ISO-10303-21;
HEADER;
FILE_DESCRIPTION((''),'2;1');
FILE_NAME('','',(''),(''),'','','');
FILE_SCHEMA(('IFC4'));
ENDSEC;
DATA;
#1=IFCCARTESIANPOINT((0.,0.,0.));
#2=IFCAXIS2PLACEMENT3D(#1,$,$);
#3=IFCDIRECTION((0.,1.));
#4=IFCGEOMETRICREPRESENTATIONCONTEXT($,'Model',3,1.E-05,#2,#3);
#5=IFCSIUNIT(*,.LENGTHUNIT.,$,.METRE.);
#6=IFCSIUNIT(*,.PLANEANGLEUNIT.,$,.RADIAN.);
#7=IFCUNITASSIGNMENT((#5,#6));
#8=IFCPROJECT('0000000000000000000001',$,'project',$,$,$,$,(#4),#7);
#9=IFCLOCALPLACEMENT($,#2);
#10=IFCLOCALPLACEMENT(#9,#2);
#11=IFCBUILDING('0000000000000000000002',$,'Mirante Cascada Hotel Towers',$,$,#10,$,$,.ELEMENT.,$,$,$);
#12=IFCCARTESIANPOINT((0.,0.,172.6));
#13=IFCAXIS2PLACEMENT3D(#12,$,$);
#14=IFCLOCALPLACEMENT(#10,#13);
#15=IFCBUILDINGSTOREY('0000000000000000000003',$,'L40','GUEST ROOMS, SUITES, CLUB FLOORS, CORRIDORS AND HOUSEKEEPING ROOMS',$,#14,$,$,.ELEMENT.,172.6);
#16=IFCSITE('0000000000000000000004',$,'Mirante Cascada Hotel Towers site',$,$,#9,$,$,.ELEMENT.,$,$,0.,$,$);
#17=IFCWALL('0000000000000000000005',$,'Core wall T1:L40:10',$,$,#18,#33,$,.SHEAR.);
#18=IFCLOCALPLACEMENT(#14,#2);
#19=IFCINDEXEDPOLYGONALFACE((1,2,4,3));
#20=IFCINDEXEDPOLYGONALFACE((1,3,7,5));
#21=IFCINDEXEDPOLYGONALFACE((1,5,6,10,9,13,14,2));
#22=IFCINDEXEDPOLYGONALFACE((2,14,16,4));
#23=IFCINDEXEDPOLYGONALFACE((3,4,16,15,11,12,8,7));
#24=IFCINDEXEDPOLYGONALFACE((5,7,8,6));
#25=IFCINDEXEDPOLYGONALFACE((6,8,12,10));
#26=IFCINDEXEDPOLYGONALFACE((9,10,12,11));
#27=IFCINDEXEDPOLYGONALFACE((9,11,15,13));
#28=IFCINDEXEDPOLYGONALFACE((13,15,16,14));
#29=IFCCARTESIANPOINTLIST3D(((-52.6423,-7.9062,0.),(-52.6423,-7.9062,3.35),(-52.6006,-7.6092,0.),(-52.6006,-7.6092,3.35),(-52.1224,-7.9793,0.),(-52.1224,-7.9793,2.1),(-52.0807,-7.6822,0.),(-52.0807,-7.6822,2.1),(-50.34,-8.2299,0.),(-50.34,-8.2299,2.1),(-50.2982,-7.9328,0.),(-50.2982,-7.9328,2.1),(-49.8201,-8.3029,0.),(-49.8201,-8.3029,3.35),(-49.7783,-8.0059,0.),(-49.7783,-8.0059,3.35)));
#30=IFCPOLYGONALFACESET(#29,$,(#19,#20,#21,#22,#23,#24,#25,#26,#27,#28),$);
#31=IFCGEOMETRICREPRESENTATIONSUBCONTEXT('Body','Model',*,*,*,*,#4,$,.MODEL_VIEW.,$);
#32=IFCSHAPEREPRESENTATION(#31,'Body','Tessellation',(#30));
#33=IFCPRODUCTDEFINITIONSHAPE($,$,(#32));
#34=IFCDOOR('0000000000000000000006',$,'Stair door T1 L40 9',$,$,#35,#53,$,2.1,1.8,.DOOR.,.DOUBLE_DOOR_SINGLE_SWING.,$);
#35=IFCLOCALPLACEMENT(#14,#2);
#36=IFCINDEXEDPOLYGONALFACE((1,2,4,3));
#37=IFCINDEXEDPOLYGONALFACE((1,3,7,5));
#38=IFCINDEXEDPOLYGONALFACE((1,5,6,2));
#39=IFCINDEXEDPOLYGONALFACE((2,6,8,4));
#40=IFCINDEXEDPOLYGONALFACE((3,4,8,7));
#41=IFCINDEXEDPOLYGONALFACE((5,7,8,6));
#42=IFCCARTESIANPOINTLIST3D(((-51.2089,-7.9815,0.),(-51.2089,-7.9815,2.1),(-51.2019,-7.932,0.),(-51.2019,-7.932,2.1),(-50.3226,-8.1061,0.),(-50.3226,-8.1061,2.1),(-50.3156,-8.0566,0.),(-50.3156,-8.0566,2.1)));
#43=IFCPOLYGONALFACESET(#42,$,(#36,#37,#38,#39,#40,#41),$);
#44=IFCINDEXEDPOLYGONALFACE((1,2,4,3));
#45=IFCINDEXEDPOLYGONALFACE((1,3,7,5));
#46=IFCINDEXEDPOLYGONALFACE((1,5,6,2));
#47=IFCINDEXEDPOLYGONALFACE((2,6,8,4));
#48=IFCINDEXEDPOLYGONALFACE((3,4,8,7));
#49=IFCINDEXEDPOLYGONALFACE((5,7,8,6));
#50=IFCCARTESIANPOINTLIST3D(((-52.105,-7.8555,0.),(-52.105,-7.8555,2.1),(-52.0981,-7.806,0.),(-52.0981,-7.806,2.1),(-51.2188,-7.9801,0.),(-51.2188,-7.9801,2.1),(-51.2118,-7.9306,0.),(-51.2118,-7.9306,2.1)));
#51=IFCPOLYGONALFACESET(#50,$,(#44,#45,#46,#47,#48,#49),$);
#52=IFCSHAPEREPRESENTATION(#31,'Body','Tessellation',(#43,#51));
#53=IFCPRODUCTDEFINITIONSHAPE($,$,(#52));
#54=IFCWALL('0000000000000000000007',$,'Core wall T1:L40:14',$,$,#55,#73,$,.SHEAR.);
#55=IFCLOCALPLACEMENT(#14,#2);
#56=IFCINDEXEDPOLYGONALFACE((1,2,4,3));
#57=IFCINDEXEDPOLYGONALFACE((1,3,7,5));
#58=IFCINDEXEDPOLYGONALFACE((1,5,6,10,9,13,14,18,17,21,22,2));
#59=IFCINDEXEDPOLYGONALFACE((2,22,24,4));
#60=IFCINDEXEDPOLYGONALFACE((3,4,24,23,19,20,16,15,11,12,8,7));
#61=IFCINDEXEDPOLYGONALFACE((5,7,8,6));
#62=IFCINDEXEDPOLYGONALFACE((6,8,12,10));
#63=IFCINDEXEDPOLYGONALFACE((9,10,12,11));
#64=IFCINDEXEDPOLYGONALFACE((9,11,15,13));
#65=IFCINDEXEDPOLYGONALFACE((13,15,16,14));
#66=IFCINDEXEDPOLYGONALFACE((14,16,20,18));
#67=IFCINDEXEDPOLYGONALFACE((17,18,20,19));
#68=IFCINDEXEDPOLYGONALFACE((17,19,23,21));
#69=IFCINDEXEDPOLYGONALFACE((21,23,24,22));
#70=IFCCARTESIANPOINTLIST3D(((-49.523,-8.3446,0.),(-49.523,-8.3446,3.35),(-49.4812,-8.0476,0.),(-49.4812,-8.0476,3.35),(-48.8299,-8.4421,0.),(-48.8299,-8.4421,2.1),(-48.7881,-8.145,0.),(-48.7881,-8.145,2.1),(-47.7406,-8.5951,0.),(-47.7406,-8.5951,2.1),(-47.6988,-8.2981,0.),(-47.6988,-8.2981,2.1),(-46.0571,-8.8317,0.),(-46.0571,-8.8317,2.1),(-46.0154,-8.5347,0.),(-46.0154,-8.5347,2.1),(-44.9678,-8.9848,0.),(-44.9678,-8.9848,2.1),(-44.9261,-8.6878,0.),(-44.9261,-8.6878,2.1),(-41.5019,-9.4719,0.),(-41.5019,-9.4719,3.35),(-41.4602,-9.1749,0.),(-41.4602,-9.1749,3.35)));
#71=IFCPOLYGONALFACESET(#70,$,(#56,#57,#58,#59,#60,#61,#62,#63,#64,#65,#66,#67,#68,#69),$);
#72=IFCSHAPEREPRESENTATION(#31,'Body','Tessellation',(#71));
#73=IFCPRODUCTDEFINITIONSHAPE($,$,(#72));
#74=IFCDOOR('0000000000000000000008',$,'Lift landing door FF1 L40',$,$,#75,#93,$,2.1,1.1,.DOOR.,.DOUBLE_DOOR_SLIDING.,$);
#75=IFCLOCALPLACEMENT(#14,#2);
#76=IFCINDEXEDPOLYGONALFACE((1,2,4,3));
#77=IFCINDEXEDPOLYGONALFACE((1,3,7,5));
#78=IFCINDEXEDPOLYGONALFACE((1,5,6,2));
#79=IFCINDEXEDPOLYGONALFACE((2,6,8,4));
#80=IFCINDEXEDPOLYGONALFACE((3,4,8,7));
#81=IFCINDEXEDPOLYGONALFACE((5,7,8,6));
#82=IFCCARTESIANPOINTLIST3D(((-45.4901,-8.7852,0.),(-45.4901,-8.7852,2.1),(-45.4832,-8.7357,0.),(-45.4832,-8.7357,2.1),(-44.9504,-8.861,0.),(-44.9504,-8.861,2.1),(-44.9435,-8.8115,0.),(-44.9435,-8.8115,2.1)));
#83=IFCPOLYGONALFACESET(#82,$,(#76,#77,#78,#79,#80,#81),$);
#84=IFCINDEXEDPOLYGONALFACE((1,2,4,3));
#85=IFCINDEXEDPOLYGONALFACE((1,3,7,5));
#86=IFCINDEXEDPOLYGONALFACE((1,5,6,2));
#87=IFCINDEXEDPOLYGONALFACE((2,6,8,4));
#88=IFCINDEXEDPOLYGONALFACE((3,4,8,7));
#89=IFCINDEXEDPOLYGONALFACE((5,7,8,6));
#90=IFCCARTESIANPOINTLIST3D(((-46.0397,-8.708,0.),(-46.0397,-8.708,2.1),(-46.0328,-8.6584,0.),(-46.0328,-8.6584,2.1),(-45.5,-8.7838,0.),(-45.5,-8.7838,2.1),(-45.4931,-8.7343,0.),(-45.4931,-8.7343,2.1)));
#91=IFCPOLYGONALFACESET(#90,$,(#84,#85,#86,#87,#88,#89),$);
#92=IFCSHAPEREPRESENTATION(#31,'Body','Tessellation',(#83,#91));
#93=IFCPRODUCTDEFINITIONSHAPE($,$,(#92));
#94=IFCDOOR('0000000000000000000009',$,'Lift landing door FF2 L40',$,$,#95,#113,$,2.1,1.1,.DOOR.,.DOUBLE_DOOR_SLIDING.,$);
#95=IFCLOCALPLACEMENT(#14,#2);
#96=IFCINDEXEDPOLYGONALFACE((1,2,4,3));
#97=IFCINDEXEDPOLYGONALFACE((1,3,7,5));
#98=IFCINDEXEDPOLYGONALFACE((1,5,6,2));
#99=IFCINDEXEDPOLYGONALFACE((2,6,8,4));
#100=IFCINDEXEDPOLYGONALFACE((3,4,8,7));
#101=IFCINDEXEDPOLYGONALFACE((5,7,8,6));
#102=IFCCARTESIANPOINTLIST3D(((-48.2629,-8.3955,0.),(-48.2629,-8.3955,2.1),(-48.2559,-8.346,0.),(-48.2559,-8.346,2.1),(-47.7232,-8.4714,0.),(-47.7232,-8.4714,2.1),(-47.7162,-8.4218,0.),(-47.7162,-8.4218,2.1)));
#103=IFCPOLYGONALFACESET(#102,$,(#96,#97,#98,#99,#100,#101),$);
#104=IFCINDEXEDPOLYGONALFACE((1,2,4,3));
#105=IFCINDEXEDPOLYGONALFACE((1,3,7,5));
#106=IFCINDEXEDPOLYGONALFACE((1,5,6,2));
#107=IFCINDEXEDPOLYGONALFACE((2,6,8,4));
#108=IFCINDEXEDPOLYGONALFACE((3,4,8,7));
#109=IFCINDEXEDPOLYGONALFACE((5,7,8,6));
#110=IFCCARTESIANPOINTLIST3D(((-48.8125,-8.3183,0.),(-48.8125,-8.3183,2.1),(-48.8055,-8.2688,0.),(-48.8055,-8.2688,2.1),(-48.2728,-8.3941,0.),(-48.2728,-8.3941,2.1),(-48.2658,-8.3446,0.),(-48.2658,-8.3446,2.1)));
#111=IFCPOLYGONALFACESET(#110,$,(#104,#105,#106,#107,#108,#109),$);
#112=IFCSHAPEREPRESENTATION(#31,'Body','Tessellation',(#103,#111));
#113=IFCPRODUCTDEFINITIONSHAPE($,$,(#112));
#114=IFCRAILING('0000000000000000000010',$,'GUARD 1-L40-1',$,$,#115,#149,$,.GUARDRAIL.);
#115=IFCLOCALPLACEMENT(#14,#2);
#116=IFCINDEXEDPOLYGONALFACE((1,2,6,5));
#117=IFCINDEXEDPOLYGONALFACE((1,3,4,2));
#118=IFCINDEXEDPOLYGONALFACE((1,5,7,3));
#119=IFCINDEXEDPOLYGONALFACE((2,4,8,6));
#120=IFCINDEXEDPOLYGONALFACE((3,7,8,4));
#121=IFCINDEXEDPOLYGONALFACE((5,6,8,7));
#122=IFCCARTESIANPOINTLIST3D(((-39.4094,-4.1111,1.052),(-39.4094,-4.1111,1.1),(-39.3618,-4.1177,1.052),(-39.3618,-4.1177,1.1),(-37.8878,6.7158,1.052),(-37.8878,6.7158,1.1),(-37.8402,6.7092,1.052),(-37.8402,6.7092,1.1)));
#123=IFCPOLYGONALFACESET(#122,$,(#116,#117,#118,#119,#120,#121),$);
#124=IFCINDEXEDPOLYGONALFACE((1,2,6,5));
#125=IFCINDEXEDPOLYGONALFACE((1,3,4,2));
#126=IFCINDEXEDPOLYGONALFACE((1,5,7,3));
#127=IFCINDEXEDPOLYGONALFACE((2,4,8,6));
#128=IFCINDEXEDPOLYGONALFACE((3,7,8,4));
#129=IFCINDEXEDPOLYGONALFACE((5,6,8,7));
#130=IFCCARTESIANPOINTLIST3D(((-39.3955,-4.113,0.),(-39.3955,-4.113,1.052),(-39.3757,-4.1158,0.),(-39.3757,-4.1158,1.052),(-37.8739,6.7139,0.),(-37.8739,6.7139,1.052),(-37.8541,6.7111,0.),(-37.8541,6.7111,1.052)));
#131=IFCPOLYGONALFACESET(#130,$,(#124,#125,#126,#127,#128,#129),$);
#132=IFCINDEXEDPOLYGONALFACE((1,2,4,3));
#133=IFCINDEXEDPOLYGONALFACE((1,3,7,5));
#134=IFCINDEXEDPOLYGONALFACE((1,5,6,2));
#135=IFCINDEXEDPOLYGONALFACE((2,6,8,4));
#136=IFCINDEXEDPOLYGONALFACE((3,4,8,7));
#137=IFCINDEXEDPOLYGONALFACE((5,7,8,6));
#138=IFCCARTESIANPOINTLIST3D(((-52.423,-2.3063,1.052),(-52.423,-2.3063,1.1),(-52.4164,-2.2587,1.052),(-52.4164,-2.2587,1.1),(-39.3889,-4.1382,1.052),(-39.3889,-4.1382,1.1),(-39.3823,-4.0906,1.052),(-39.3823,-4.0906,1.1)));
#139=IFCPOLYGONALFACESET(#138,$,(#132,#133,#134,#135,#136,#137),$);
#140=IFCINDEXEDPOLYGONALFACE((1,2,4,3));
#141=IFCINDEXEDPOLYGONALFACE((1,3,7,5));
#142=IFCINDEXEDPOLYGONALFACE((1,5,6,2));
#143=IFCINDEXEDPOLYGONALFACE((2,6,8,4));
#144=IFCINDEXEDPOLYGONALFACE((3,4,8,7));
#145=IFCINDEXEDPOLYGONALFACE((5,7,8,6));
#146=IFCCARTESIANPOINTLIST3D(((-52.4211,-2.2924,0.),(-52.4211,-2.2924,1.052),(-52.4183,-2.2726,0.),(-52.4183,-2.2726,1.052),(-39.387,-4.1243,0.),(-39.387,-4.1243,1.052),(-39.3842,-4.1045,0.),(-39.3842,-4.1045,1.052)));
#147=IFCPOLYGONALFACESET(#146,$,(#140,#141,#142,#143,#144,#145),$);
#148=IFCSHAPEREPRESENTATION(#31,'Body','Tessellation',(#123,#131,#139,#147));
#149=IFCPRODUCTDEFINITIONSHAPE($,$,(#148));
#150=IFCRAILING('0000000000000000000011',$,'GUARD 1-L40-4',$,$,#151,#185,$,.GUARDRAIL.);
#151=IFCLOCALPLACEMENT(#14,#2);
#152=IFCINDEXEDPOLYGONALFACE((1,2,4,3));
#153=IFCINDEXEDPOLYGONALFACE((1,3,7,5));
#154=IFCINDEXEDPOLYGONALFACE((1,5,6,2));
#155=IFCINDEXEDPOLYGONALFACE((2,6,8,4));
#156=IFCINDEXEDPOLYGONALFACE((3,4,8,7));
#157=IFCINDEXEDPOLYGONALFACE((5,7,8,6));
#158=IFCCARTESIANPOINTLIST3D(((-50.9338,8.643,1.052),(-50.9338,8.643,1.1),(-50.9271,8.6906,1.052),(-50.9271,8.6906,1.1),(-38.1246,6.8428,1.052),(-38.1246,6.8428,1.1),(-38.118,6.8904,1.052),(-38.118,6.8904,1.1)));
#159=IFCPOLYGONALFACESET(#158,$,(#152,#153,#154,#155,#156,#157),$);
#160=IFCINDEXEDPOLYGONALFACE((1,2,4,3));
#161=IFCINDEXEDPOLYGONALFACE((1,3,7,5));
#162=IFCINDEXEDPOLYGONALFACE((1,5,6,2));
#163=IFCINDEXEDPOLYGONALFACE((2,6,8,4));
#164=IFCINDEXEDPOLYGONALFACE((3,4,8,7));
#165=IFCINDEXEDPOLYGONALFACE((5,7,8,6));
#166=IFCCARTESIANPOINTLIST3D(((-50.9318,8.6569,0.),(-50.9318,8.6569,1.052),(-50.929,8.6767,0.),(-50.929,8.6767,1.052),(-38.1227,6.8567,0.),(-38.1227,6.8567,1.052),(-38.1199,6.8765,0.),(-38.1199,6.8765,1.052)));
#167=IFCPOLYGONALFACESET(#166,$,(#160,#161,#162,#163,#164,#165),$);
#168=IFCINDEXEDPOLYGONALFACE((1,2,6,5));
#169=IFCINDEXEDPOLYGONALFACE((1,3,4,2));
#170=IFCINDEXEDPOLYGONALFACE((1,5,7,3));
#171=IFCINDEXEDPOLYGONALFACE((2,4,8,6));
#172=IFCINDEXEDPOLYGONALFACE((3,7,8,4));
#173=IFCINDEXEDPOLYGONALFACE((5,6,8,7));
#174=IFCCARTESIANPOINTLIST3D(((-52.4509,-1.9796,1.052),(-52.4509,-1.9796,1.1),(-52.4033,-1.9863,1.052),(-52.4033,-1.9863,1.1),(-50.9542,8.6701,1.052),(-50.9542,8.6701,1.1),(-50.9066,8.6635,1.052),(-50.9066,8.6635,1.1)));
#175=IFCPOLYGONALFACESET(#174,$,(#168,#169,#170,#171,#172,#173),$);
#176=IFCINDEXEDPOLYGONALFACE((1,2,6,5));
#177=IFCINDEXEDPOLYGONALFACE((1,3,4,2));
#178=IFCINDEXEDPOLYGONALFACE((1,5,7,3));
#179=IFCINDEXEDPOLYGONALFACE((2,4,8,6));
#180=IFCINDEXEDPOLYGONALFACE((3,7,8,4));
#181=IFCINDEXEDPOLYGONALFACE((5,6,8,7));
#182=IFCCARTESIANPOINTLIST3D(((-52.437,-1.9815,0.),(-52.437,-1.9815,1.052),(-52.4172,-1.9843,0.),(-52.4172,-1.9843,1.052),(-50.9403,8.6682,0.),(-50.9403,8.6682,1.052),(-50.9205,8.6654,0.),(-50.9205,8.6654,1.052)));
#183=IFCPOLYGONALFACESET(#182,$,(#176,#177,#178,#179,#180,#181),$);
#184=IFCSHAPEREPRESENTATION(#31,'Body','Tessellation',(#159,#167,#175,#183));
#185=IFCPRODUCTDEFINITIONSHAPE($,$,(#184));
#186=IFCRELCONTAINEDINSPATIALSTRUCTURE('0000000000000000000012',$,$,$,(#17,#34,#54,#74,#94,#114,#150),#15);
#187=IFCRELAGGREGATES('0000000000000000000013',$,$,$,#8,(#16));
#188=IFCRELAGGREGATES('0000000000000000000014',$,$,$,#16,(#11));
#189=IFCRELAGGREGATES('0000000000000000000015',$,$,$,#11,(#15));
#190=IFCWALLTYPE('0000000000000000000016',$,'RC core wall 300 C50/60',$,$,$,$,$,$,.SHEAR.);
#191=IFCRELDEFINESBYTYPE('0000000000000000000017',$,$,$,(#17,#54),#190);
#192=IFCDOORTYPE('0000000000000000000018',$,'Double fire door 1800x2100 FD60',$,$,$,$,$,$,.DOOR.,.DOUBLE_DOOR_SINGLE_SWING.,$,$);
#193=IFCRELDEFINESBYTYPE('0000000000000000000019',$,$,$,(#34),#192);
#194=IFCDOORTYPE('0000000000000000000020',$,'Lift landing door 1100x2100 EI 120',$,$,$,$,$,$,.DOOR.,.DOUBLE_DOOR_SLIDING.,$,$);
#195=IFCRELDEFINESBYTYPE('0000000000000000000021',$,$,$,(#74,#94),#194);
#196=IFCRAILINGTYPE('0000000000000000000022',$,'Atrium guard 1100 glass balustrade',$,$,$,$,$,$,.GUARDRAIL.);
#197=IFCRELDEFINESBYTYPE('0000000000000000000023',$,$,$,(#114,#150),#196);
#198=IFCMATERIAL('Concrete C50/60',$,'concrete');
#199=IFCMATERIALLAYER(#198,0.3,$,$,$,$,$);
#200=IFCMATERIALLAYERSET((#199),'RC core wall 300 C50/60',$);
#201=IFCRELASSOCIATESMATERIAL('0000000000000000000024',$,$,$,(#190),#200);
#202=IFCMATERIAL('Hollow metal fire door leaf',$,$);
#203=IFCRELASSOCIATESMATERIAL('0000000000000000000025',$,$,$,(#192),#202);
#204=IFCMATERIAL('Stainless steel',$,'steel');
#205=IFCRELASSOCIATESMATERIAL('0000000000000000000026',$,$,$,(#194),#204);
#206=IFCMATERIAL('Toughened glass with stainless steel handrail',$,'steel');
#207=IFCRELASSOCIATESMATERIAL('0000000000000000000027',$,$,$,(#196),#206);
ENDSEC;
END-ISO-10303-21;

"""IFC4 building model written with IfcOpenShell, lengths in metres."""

from ifc_helpers import new_model, si_unit, direction, frame, frame_2d, origin, origin_2d, place, context, subcontext, project, spatial, rectangle, extrude, material, layer, layer_set, type_object, element, fill, save


model = new_model("IFC4")

# Units and contexts
model_context = context("Model", 3, precision=1e-05, world=origin(), true_north=direction((0.0, 1.0)))
body_context = subcontext(model_context, "Body", "Model", "MODEL_VIEW")
ifc_project = project(units=[si_unit("LENGTHUNIT", "METRE"), si_unit("PLANEANGLEUNIT", "RADIAN")], contexts=[model_context])

# Site, building, storey
site_placement = place(None, origin())
site = spatial("IfcSite", under=ifc_project, at=site_placement, Name="Mirante Cascada Hotel Towers site", CompositionType="ELEMENT", RefElevation=0.0)
building_placement = place(site_placement, origin())
building = spatial("IfcBuilding", under=site, at=building_placement, Name="Mirante Cascada Hotel Towers", CompositionType="ELEMENT")
storey_placement = place(building_placement, frame((0.0, 0.0, 172.6)))
storey = spatial("IfcBuildingStorey", under=building, at=storey_placement, Name="L40", Description="GUEST ROOMS, SUITES, CLUB FLOORS, CORRIDORS AND HOUSEKEEPING ROOMS", CompositionType="ELEMENT", Elevation=172.6)

# Wall, opening, door
ifc_material_1 = material(Name="Concrete C50/60", Category="concrete")
ifc_layer_1 = layer(ifc_material_1, 0.3)
ifc_layer_set_1 = layer_set([ifc_layer_1], Name="RC core wall 300 C50/60")
wall_type_1 = type_object("IfcWallType", Name="RC core wall 300 C50/60", PredefinedType="SHEAR", material=ifc_layer_set_1)
wall_1_placement = place(storey_placement, frame((-49.7992, -8.1544, 0.0), z_axis=(0.0, 0.0, 1.0), x_axis=(-0.990266, 0.139191, 0.0)))
wall_1 = element("IfcWall", 1, at=wall_1_placement, inside=storey, type_object=wall_type_1, Name="Core wall T1:L40:10", PredefinedType="SHEAR", context=body_context, shape_type="SweptSolid", body=[
    extrude(rectangle(XDim=2.85, YDim=0.3, at=frame_2d((1.425, 0.0))), origin(), (0.0, 0.0, 1.0), 3.35),
])
opening_1_placement = place(wall_1_placement, frame((0.525, 0.0, 0.0)))
opening_1 = element("IfcOpeningElement", 2, at=opening_1_placement, cuts=wall_1, PredefinedType="OPENING", context=body_context, shape_type="SweptSolid", body=[
    extrude(rectangle(XDim=1.8, YDim=2.1, at=frame_2d((0.9, 1.05))), frame((0.0, 0.15, 0.0), z_axis=(0.0, -1.0, 0.0), x_axis=(1.0, 0.0, 0.0)), (0.0, 0.0, 1.0), 0.3),
])
ifc_material_2 = material(Name="Hollow metal fire door leaf")
door_type_1 = type_object("IfcDoorType", Name="Double fire door 1800x2100 FD60", OperationType="DOUBLE_DOOR_SINGLE_SWING", PredefinedType="DOOR", material=ifc_material_2)
door_1_placement = place(opening_1_placement, origin())
door_1 = element("IfcDoor", 3, at=door_1_placement, inside=storey, type_object=door_type_1, Name="Stair door T1 L40 9", OperationType="DOUBLE_DOOR_SINGLE_SWING", OverallHeight=2.1, OverallWidth=1.8, PredefinedType="DOOR", context=body_context, shape_type="SweptSolid", body=[
    extrude(rectangle(XDim=0.895, YDim=2.1, at=frame_2d((0.4475, 1.05))), frame((0.0, 0.025, 0.0), z_axis=(0.0, -1.0, 0.0), x_axis=(1.0, 0.0, 0.0)), (0.0, 0.0, 1.0), 0.05),
    extrude(rectangle(XDim=0.895, YDim=2.1, at=frame_2d((1.3525, 1.05))), frame((0.0, 0.025, 0.0), z_axis=(0.0, -1.0, 0.0), x_axis=(1.0, 0.0, 0.0)), (0.0, 0.0, 1.0), 0.05),
])
fill(opening_1, door_1)

# Wall, openings, doors
wall_2_placement = place(storey_placement, frame((-41.481, -9.3234, 0.0), z_axis=(0.0, 0.0, 1.0), x_axis=(-0.990268, 0.139174, 0.0)))
wall_2 = element("IfcWall", 4, at=wall_2_placement, inside=storey, type_object=wall_type_1, Name="Core wall T1:L40:14", PredefinedType="SHEAR", context=body_context, shape_type="SweptSolid", body=[
    extrude(rectangle(XDim=8.0999, YDim=0.3, at=frame_2d((4.05, 0.0))), origin(), (0.0, 0.0, 1.0), 3.35),
])
opening_2_placement = place(wall_2_placement, frame((3.5, 0.0, 0.0)))
opening_2 = element("IfcOpeningElement", 5, at=opening_2_placement, cuts=wall_2, PredefinedType="OPENING", context=body_context, shape_type="SweptSolid", body=[
    extrude(rectangle(XDim=1.1, YDim=2.1, at=frame_2d((0.55, 1.05))), frame((0.0, 0.15, 0.0), z_axis=(0.0, -1.0, 0.0), x_axis=(1.0, 0.0, 0.0)), (0.0, 0.0, 1.0), 0.3),
])
opening_3_placement = place(wall_2_placement, frame((6.3, 0.0, 0.0)))
opening_3 = element("IfcOpeningElement", 6, at=opening_3_placement, cuts=wall_2, PredefinedType="OPENING", context=body_context, shape_type="SweptSolid", body=[
    extrude(rectangle(XDim=1.1, YDim=2.1, at=frame_2d((0.55, 1.05))), frame((0.0, 0.15, 0.0), z_axis=(0.0, -1.0, 0.0), x_axis=(1.0, 0.0, 0.0)), (0.0, 0.0, 1.0), 0.3),
])
ifc_material_3 = material(Name="Stainless steel", Category="steel")
door_type_2 = type_object("IfcDoorType", Name="Lift landing door 1100x2100 EI 120", OperationType="DOUBLE_DOOR_SLIDING", PredefinedType="DOOR", material=ifc_material_3)
door_2_placement = place(opening_2_placement, origin())
door_2 = element("IfcDoor", 7, at=door_2_placement, inside=storey, type_object=door_type_2, Name="Lift landing door FF1 L40", OperationType="DOUBLE_DOOR_SLIDING", OverallHeight=2.1, OverallWidth=1.1, PredefinedType="DOOR", context=body_context, shape_type="SweptSolid", body=[
    extrude(rectangle(XDim=0.545, YDim=2.1, at=frame_2d((0.2725, 1.05))), frame((0.0, 0.025, 0.0), z_axis=(0.0, -1.0, 0.0), x_axis=(1.0, 0.0, 0.0)), (0.0, 0.0, 1.0), 0.05),
    extrude(rectangle(XDim=0.545, YDim=2.1, at=frame_2d((0.8275, 1.05))), frame((0.0, 0.025, 0.0), z_axis=(0.0, -1.0, 0.0), x_axis=(1.0, 0.0, 0.0)), (0.0, 0.0, 1.0), 0.05),
])
fill(opening_2, door_2)
door_3_placement = place(opening_3_placement, origin())
door_3 = element("IfcDoor", 8, at=door_3_placement, inside=storey, type_object=door_type_2, Name="Lift landing door FF2 L40", OperationType="DOUBLE_DOOR_SLIDING", OverallHeight=2.1, OverallWidth=1.1, PredefinedType="DOOR", context=body_context, shape_type="SweptSolid", body=[
    extrude(rectangle(XDim=0.545, YDim=2.1, at=frame_2d((0.2725, 1.05))), frame((0.0, 0.025, 0.0), z_axis=(0.0, -1.0, 0.0), x_axis=(1.0, 0.0, 0.0)), (0.0, 0.0, 1.0), 0.05),
    extrude(rectangle(XDim=0.545, YDim=2.1, at=frame_2d((0.8275, 1.05))), frame((0.0, 0.025, 0.0), z_axis=(0.0, -1.0, 0.0), x_axis=(1.0, 0.0, 0.0)), (0.0, 0.0, 1.0), 0.05),
])
fill(opening_3, door_3)

# Railings
ifc_material_4 = material(Name="Toughened glass with stainless steel handrail", Category="steel")
railing_type_1 = type_object("IfcRailingType", Name="Atrium guard 1100 glass balustrade", PredefinedType="GUARDRAIL", material=ifc_material_4)
railing_1_placement = place(storey_placement, frame((-37.864, 6.7125, 0.0)))
element("IfcRailing", 9, at=railing_1_placement, inside=storey, type_object=railing_type_1, Name="GUARD 1-L40-1", PredefinedType="GUARDRAIL", context=body_context, shape_type="SweptSolid", body=[
    extrude(rectangle(XDim=0.048, YDim=0.048, at=origin_2d()), frame((0.0, 0.0, 1.076), z_axis=(-0.139171, -0.990268, 0.0), x_axis=(0.990268, -0.139171, 0.0)), (0.0, 0.0, 1.0), 10.9333),
    extrude(rectangle(XDim=0.02, YDim=1.052, at=origin_2d()), frame((0.0, 0.0, 0.526), z_axis=(-0.139171, -0.990268, 0.0), x_axis=(0.990268, -0.139171, 0.0)), (0.0, 0.0, 1.0), 10.9333),
    extrude(rectangle(XDim=0.048, YDim=0.048, at=origin_2d()), frame((-1.5216, -10.8269, 1.076), z_axis=(-0.990267, 0.139179, 0.0), x_axis=(-0.139179, -0.990267, 0.0)), (0.0, 0.0, 1.0), 13.1622),
    extrude(rectangle(XDim=0.02, YDim=1.052, at=origin_2d()), frame((-1.5216, -10.8269, 0.526), z_axis=(-0.990267, 0.139179, 0.0), x_axis=(-0.139179, -0.990267, 0.0)), (0.0, 0.0, 1.0), 13.1622),
])
railing_2_placement = place(storey_placement, frame((-38.1213, 6.8666, 0.0)))
element("IfcRailing", 10, at=railing_2_placement, inside=storey, type_object=railing_type_1, Name="GUARD 1-L40-4", PredefinedType="GUARDRAIL", context=body_context, shape_type="SweptSolid", body=[
    extrude(rectangle(XDim=0.048, YDim=0.048, at=origin_2d()), frame((0.0, 0.0, 1.076), z_axis=(-0.990268, 0.139173, 0.0), x_axis=(-0.139173, -0.990268, 0.0)), (0.0, 0.0, 1.0), 12.935),
    extrude(rectangle(XDim=0.02, YDim=1.052, at=origin_2d()), frame((0.0, 0.0, 0.526), z_axis=(-0.990268, 0.139173, 0.0), x_axis=(-0.139173, -0.990268, 0.0)), (0.0, 0.0, 1.0), 12.935),
    extrude(rectangle(XDim=0.048, YDim=0.048, at=origin_2d()), frame((-12.8091, 1.8002, 1.076), z_axis=(-0.139172, -0.990268, 0.0), x_axis=(0.990268, -0.139172, 0.0)), (0.0, 0.0, 1.0), 10.7544),
    extrude(rectangle(XDim=0.02, YDim=1.052, at=origin_2d()), frame((-12.8091, 1.8002, 0.526), z_axis=(-0.139172, -0.990268, 0.0), x_axis=(0.990268, -0.139172, 0.0)), (0.0, 0.0, 1.0), 10.7544),
])

save(model, "model.ifc")
